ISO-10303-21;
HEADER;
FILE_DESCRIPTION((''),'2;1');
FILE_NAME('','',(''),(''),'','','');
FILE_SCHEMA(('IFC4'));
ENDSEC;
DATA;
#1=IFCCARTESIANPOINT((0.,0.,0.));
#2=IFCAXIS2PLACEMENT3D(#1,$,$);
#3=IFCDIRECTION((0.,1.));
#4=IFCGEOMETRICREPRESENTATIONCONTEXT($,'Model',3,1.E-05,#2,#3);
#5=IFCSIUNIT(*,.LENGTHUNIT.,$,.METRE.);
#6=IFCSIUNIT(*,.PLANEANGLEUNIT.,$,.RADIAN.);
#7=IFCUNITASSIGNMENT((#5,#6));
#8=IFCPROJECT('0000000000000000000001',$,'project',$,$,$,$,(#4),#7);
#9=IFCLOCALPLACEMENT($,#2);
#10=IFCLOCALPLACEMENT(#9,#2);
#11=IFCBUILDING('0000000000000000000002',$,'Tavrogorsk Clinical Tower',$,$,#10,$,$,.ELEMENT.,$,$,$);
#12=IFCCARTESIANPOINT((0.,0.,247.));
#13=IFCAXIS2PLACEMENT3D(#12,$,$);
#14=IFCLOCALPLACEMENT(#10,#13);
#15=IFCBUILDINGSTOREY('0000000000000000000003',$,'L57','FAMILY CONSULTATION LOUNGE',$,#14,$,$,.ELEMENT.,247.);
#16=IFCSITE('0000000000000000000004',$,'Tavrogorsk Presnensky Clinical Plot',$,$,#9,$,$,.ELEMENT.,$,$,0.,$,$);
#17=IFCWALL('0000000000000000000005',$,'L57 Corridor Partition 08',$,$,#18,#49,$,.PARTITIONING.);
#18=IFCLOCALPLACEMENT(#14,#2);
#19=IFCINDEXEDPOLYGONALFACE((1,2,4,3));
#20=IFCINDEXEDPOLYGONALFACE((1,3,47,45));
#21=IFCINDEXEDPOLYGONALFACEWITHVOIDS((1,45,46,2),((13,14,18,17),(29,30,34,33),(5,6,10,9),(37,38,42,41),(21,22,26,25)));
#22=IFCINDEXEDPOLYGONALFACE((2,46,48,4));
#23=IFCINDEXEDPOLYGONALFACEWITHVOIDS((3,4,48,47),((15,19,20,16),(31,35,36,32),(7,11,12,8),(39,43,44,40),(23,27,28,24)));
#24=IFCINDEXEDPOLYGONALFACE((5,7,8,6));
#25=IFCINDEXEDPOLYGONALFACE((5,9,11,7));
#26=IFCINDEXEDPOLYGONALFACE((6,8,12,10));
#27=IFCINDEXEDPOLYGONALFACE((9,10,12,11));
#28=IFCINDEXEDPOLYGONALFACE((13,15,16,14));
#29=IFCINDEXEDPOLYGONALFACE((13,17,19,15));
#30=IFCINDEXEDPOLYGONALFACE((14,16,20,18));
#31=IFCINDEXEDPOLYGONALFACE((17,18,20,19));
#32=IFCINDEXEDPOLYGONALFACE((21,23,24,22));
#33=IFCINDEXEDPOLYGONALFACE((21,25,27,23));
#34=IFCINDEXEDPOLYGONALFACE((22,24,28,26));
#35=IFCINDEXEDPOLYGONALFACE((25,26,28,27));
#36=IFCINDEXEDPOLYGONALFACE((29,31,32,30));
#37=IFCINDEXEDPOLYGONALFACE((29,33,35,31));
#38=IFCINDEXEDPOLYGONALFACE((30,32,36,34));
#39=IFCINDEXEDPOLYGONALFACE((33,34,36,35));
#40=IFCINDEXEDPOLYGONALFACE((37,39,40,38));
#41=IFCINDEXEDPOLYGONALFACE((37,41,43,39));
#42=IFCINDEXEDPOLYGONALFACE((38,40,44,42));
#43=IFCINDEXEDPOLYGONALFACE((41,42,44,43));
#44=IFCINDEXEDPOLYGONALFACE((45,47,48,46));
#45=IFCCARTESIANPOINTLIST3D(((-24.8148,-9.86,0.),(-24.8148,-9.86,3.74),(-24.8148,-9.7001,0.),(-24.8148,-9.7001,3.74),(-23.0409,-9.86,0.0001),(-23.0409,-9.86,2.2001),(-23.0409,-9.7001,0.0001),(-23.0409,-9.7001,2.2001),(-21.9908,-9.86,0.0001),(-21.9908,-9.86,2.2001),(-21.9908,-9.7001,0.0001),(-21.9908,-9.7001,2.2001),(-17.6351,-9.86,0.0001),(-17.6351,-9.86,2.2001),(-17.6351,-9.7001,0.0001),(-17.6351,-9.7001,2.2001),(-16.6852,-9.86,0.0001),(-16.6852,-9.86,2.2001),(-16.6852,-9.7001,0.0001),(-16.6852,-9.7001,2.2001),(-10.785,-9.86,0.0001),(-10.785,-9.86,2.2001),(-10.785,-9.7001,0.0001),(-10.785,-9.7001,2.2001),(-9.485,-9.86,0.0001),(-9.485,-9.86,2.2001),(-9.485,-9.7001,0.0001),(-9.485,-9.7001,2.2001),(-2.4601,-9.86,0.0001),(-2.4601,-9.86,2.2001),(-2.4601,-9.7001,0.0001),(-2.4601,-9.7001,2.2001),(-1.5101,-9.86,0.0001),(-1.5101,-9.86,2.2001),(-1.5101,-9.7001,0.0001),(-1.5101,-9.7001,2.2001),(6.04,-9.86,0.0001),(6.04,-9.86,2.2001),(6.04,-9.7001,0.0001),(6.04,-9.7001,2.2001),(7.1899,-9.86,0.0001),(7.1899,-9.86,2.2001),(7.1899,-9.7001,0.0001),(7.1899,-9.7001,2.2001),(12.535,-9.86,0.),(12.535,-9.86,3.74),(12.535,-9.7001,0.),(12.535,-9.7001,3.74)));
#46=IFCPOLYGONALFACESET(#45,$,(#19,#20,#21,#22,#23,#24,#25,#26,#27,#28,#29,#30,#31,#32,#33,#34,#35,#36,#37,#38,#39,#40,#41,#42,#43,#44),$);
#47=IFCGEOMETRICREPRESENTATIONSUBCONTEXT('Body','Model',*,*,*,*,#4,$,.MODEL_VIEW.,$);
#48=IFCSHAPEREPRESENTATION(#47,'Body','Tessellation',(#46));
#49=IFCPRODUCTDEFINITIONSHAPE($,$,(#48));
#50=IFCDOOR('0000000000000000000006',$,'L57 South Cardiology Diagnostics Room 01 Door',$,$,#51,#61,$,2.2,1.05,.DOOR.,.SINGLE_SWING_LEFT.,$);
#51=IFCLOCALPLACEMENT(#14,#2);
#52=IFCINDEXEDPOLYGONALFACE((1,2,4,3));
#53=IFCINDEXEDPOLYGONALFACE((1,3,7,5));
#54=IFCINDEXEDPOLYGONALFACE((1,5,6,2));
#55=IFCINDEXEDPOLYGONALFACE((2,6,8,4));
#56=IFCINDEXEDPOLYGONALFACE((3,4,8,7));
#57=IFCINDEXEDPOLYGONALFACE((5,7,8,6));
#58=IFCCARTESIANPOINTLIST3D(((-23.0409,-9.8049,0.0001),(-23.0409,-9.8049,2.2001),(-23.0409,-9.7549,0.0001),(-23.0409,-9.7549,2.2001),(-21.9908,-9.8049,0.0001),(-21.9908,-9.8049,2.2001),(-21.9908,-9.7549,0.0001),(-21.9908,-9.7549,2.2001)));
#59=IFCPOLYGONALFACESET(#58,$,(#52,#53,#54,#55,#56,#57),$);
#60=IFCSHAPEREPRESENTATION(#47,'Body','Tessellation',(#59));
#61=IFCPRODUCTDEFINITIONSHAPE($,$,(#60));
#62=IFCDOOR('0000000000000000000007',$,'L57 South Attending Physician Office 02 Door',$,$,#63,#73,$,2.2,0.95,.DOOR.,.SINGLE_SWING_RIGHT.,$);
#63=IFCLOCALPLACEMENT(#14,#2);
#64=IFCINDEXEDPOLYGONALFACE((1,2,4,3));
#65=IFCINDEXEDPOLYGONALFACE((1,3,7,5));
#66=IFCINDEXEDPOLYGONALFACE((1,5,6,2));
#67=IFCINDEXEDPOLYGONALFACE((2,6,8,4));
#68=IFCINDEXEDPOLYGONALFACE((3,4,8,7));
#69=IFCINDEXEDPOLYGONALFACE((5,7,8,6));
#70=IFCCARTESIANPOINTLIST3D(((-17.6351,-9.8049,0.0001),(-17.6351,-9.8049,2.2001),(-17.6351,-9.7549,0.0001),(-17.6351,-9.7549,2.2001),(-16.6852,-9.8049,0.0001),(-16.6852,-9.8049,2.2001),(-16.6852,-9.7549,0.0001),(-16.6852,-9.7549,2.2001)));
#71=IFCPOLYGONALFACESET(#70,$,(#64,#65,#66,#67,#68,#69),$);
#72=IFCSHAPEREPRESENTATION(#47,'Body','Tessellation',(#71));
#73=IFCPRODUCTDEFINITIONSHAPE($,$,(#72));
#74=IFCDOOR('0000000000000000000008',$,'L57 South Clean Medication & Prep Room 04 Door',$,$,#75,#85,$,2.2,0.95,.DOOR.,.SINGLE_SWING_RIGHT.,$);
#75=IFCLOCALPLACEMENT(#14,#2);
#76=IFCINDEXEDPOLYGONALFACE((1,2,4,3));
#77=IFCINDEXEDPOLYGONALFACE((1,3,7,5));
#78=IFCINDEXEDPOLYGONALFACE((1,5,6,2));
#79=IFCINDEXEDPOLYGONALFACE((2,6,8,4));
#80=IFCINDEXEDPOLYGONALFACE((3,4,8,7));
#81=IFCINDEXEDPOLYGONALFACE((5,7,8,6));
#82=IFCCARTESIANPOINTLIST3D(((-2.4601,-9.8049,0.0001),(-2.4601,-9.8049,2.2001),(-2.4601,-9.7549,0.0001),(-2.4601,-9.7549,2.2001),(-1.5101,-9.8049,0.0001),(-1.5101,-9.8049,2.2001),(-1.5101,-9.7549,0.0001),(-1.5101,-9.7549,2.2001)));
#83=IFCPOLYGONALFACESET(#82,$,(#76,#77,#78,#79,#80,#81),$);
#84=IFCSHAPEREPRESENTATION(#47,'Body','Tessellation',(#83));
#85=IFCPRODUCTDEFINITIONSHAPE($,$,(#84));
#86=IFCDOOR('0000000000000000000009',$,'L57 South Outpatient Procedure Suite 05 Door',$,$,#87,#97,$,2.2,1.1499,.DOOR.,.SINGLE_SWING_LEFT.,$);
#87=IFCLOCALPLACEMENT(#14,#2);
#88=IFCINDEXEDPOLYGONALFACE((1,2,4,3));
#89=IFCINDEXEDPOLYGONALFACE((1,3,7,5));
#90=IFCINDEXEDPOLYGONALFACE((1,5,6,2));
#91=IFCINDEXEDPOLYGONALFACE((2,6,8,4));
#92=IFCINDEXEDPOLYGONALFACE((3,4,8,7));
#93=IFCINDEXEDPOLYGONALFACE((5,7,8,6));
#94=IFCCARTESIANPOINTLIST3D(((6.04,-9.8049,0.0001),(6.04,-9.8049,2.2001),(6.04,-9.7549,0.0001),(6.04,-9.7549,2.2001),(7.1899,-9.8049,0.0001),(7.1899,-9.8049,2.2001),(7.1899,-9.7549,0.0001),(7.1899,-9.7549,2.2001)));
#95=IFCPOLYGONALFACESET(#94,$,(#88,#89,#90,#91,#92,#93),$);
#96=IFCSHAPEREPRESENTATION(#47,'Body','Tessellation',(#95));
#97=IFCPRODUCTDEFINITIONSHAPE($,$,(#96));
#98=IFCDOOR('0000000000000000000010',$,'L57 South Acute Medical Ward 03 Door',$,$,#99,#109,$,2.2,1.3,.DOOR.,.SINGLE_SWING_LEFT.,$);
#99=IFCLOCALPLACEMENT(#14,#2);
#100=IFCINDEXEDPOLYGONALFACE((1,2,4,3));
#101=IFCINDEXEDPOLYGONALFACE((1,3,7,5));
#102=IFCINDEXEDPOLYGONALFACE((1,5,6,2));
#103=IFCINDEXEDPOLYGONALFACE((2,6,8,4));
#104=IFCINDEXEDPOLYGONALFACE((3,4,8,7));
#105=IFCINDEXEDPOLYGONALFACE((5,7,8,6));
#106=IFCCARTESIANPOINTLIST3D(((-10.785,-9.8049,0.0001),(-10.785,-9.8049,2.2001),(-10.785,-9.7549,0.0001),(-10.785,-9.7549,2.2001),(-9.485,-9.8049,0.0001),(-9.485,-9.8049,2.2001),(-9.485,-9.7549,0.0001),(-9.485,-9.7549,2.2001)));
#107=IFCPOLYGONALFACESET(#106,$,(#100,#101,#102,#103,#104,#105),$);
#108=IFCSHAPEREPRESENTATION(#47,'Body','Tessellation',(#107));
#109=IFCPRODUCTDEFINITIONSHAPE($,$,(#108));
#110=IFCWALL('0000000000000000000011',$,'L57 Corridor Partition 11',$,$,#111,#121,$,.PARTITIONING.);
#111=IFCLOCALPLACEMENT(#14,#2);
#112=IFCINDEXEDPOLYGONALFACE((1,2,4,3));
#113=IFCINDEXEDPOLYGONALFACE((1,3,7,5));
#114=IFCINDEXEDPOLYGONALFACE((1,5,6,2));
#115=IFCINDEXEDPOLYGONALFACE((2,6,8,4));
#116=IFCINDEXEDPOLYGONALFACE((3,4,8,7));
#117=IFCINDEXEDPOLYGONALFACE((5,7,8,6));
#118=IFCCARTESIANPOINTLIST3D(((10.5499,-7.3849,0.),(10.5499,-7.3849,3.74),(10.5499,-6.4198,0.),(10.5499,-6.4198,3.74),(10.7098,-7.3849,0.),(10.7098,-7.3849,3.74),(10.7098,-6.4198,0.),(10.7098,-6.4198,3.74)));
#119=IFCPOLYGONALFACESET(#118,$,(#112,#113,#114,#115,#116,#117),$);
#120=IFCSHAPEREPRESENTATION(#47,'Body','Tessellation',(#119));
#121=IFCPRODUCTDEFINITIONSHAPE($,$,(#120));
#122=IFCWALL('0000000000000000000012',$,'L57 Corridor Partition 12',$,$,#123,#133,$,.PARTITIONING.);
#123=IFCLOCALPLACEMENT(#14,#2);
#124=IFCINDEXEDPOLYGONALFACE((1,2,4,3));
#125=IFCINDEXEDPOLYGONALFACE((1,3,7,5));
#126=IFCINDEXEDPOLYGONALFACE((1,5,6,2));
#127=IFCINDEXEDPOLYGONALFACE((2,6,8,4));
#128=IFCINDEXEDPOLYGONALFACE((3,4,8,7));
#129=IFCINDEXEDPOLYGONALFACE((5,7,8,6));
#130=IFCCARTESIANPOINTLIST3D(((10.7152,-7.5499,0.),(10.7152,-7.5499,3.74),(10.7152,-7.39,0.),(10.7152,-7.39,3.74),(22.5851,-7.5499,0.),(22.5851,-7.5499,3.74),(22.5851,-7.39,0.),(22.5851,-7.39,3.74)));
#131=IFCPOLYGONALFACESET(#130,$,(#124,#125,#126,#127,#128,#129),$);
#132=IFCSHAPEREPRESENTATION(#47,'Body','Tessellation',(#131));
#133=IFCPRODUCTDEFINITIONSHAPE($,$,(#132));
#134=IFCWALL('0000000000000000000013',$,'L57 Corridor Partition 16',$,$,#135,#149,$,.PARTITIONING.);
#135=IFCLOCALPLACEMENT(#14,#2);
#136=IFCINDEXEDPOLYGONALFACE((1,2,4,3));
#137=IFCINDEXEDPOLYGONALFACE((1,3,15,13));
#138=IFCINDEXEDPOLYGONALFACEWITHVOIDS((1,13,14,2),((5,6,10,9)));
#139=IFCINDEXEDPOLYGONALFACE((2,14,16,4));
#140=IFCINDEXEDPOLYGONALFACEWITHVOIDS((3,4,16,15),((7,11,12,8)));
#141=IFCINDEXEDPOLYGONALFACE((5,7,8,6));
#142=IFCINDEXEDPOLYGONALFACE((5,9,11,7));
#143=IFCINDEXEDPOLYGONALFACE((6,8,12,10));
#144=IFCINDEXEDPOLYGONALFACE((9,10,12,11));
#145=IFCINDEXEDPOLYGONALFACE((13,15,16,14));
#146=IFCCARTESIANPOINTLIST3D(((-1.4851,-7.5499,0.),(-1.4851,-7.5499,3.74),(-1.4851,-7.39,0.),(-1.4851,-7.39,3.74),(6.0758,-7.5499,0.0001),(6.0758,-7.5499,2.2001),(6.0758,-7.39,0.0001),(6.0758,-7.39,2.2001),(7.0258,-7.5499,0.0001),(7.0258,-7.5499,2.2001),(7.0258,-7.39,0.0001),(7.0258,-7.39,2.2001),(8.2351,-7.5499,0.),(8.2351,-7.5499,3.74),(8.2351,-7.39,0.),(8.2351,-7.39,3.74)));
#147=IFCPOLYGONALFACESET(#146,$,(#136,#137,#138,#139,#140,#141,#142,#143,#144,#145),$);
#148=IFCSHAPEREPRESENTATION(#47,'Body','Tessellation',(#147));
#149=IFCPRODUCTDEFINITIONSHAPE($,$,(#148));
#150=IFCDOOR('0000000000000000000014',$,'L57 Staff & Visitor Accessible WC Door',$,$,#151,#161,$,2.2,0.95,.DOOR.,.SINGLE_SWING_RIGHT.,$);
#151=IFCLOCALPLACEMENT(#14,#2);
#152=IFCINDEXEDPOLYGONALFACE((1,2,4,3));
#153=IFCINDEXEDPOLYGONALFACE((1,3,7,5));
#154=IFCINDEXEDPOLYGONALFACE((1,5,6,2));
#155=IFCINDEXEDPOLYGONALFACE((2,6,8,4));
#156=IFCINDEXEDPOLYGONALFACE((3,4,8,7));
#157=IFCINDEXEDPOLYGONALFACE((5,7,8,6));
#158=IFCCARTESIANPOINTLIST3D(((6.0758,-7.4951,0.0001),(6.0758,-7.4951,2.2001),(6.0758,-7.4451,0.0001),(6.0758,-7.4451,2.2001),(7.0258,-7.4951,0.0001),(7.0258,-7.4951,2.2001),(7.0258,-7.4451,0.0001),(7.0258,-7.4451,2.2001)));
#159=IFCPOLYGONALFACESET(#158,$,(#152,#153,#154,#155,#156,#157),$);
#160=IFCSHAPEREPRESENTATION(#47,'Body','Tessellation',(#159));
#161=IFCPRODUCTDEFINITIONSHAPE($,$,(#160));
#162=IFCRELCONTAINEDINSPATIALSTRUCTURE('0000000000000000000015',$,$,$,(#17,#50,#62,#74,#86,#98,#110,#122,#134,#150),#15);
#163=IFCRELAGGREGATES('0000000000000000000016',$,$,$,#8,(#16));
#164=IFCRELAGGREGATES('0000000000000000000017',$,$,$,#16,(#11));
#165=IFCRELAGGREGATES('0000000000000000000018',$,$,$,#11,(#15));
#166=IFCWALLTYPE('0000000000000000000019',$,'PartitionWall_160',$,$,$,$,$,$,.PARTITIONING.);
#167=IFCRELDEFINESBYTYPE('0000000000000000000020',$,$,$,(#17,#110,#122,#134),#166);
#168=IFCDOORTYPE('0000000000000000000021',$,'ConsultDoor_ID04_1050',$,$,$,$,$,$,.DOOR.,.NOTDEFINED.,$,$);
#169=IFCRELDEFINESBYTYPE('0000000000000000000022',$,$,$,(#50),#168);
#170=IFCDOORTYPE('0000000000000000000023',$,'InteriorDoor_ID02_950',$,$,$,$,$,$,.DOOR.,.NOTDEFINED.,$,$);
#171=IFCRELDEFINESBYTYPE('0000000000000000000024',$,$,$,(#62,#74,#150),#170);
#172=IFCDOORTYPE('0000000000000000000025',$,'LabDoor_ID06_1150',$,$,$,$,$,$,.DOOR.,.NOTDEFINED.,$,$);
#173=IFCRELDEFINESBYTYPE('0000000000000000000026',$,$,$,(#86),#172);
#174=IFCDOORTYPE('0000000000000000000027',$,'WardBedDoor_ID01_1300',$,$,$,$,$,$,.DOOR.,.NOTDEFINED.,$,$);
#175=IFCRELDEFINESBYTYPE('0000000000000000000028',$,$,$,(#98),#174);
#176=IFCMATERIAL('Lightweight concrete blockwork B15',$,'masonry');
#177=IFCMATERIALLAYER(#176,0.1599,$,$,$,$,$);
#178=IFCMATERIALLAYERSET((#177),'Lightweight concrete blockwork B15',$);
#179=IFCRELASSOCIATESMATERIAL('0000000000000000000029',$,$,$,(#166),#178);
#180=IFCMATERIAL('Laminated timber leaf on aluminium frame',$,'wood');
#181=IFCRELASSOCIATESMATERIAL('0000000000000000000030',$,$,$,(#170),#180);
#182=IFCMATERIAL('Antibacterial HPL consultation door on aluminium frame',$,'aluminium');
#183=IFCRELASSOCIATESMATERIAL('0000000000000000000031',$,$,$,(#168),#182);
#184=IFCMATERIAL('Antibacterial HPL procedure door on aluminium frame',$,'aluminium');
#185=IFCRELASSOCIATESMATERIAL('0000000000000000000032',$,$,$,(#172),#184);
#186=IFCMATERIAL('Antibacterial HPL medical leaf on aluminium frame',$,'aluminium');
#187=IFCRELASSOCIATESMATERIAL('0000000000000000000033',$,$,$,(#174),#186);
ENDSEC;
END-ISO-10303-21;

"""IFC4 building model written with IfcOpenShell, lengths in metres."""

from ifc_helpers import new_model, si_unit, direction, frame, frame_2d, origin, place, context, subcontext, project, spatial, rectangle, extrude, material, layer, layer_set, type_object, element, fill, save


model = new_model("IFC4")

# Units and contexts
model_context = context("Model", 3, precision=1e-05, world=origin(), true_north=direction((0.0, 1.0)))
body_context = subcontext(model_context, "Body", "Model", "MODEL_VIEW")
ifc_project = project(units=[si_unit("LENGTHUNIT", "METRE"), si_unit("PLANEANGLEUNIT", "RADIAN")], contexts=[model_context])

# Site, building, storey
site_placement = place(None, origin())
site = spatial("IfcSite", under=ifc_project, at=site_placement, Name="Tavrogorsk Presnensky Clinical Plot", CompositionType="ELEMENT", RefElevation=0.0)
building_placement = place(site_placement, origin())
building = spatial("IfcBuilding", under=site, at=building_placement, Name="Tavrogorsk Clinical Tower", CompositionType="ELEMENT")
storey_placement = place(building_placement, frame((0.0, 0.0, 247.0)))
storey = spatial("IfcBuildingStorey", under=building, at=storey_placement, Name="L57", Description="FAMILY CONSULTATION LOUNGE", CompositionType="ELEMENT", Elevation=247.0)

# Shared definitions
ifc_material_1 = material(Name="Lightweight concrete blockwork B15", Category="masonry")
ifc_layer_1 = layer(ifc_material_1, 0.1599)
ifc_layer_set_1 = layer_set([ifc_layer_1], Name="Lightweight concrete blockwork B15")
wall_type_1 = type_object("IfcWallType", Name="PartitionWall_160", PredefinedType="PARTITIONING", material=ifc_layer_set_1)
ifc_material_2 = material(Name="Laminated timber leaf on aluminium frame", Category="wood")
door_type_1 = type_object("IfcDoorType", Name="InteriorDoor_ID02_950", OperationType="NOTDEFINED", PredefinedType="DOOR", material=ifc_material_2)

# Wall, openings, doors
wall_1_placement = place(storey_placement, frame((12.5349, -9.78, 0.0), z_axis=(0.0, 0.0, 1.0), x_axis=(-1.0, 0.0, 0.0)))
wall_1 = element("IfcWall", 1, at=wall_1_placement, inside=storey, type_object=wall_type_1, Name="L57 Corridor Partition 08", PredefinedType="PARTITIONING", context=body_context, shape_type="SweptSolid", body=[
    extrude(rectangle(XDim=37.3499, YDim=0.1599, at=frame_2d((18.6748, 0.0))), origin(), (0.0, 0.0, 1.0), 3.74),
])
opening_1_placement = place(wall_1_placement, frame((34.5259, 0.0, 0.0)))
opening_1 = element("IfcOpeningElement", 2, at=opening_1_placement, cuts=wall_1, PredefinedType="OPENING", context=body_context, shape_type="SweptSolid", body=[
    extrude(rectangle(XDim=1.05, YDim=2.2, at=frame_2d((0.5249, 1.1001))), frame((0.0, 0.0898, 0.0), z_axis=(0.0, -1.0, 0.0), x_axis=(1.0, 0.0, 0.0)), (0.0, 0.0, 1.0), 0.1799),
])
opening_2_placement = place(wall_1_placement, frame((29.22, 0.0, 0.0)))
opening_2 = element("IfcOpeningElement", 3, at=opening_2_placement, cuts=wall_1, PredefinedType="OPENING", context=body_context, shape_type="SweptSolid", body=[
    extrude(rectangle(XDim=0.95, YDim=2.2, at=frame_2d((0.4751, 1.1001))), frame((0.0, 0.0898, 0.0), z_axis=(0.0, -1.0, 0.0), x_axis=(1.0, 0.0, 0.0)), (0.0, 0.0, 1.0), 0.1799),
])
opening_3_placement = place(wall_1_placement, frame((22.02, 0.0, 0.0)))
opening_3 = element("IfcOpeningElement", 4, at=opening_3_placement, cuts=wall_1, PredefinedType="OPENING", context=body_context, shape_type="SweptSolid", body=[
    extrude(rectangle(XDim=1.3, YDim=2.2, at=frame_2d((0.6499, 1.1001))), frame((0.0, 0.0898, 0.0), z_axis=(0.0, -1.0, 0.0), x_axis=(1.0, 0.0, 0.0)), (0.0, 0.0, 1.0), 0.1799),
])
opening_4_placement = place(wall_1_placement, frame((14.0449, 0.0, 0.0)))
opening_4 = element("IfcOpeningElement", 5, at=opening_4_placement, cuts=wall_1, PredefinedType="OPENING", context=body_context, shape_type="SweptSolid", body=[
    extrude(rectangle(XDim=0.95, YDim=2.2, at=frame_2d((0.4751, 1.1001))), frame((0.0, 0.0898, 0.0), z_axis=(0.0, -1.0, 0.0), x_axis=(1.0, 0.0, 0.0)), (0.0, 0.0, 1.0), 0.1799),
])
opening_5_placement = place(wall_1_placement, frame((5.345, 0.0, 0.0)))
opening_5 = element("IfcOpeningElement", 6, at=opening_5_placement, cuts=wall_1, PredefinedType="OPENING", context=body_context, shape_type="SweptSolid", body=[
    extrude(rectangle(XDim=1.1499, YDim=2.2, at=frame_2d((0.575, 1.1001))), frame((0.0, 0.0898, 0.0), z_axis=(0.0, -1.0, 0.0), x_axis=(1.0, 0.0, 0.0)), (0.0, 0.0, 1.0), 0.1799),
])
ifc_material_3 = material(Name="Antibacterial HPL consultation door on aluminium frame", Category="aluminium")
door_type_2 = type_object("IfcDoorType", Name="ConsultDoor_ID04_1050", OperationType="NOTDEFINED", PredefinedType="DOOR", material=ifc_material_3)
door_1_placement = place(opening_1_placement, origin())
door_1 = element("IfcDoor", 7, at=door_1_placement, inside=storey, type_object=door_type_2, Name="L57 South Cardiology Diagnostics Room 01 Door", OperationType="SINGLE_SWING_LEFT", OverallHeight=2.2, OverallWidth=1.05, PredefinedType="DOOR", context=body_context, shape_type="SweptSolid", body=[
    extrude(rectangle(XDim=1.05, YDim=2.2, at=frame_2d((0.5249, 1.1001))), frame((0.0, 0.0249, 0.0), z_axis=(0.0, -1.0, 0.0), x_axis=(1.0, 0.0, 0.0)), (0.0, 0.0, 1.0), 0.05),
])
fill(opening_1, door_1)
door_2_placement = place(opening_2_placement, origin())
door_2 = element("IfcDoor", 8, at=door_2_placement, inside=storey, type_object=door_type_1, Name="L57 South Attending Physician Office 02 Door", OperationType="SINGLE_SWING_RIGHT", OverallHeight=2.2, OverallWidth=0.95, PredefinedType="DOOR", context=body_context, shape_type="SweptSolid", body=[
    extrude(rectangle(XDim=0.95, YDim=2.2, at=frame_2d((0.4751, 1.1001))), frame((0.0, 0.0249, 0.0), z_axis=(0.0, -1.0, 0.0), x_axis=(1.0, 0.0, 0.0)), (0.0, 0.0, 1.0), 0.05),
])
fill(opening_2, door_2)
door_3_placement = place(opening_4_placement, origin())
door_3 = element("IfcDoor", 9, at=door_3_placement, inside=storey, type_object=door_type_1, Name="L57 South Clean Medication & Prep Room 04 Door", OperationType="SINGLE_SWING_RIGHT", OverallHeight=2.2, OverallWidth=0.95, PredefinedType="DOOR", context=body_context, shape_type="SweptSolid", body=[
    extrude(rectangle(XDim=0.95, YDim=2.2, at=frame_2d((0.4751, 1.1001))), frame((0.0, 0.0249, 0.0), z_axis=(0.0, -1.0, 0.0), x_axis=(1.0, 0.0, 0.0)), (0.0, 0.0, 1.0), 0.05),
])
fill(opening_4, door_3)
ifc_material_4 = material(Name="Antibacterial HPL procedure door on aluminium frame", Category="aluminium")
door_type_3 = type_object("IfcDoorType", Name="LabDoor_ID06_1150", OperationType="NOTDEFINED", PredefinedType="DOOR", material=ifc_material_4)
door_4_placement = place(opening_5_placement, origin())
door_4 = element("IfcDoor", 10, at=door_4_placement, inside=storey, type_object=door_type_3, Name="L57 South Outpatient Procedure Suite 05 Door", OperationType="SINGLE_SWING_LEFT", OverallHeight=2.2, OverallWidth=1.1499, PredefinedType="DOOR", context=body_context, shape_type="SweptSolid", body=[
    extrude(rectangle(XDim=1.1499, YDim=2.2, at=frame_2d((0.575, 1.1001))), frame((0.0, 0.0249, 0.0), z_axis=(0.0, -1.0, 0.0), x_axis=(1.0, 0.0, 0.0)), (0.0, 0.0, 1.0), 0.05),
])
fill(opening_5, door_4)
ifc_material_5 = material(Name="Antibacterial HPL medical leaf on aluminium frame", Category="aluminium")
door_type_4 = type_object("IfcDoorType", Name="WardBedDoor_ID01_1300", OperationType="NOTDEFINED", PredefinedType="DOOR", material=ifc_material_5)
door_5_placement = place(opening_3_placement, origin())
door_5 = element("IfcDoor", 11, at=door_5_placement, inside=storey, type_object=door_type_4, Name="L57 South Acute Medical Ward 03 Door", OperationType="SINGLE_SWING_LEFT", OverallHeight=2.2, OverallWidth=1.3, PredefinedType="DOOR", context=body_context, shape_type="SweptSolid", body=[
    extrude(rectangle(XDim=1.3, YDim=2.2, at=frame_2d((0.6499, 1.1001))), frame((0.0, 0.0249, 0.0), z_axis=(0.0, -1.0, 0.0), x_axis=(1.0, 0.0, 0.0)), (0.0, 0.0, 1.0), 0.05),
])
fill(opening_3, door_5)

# Walls
wall_2_placement = place(storey_placement, frame((10.6299, -6.4199, 0.0), z_axis=(0.0, 0.0, 1.0), x_axis=(0.0, -1.0, 0.0)))
element("IfcWall", 12, at=wall_2_placement, inside=storey, type_object=wall_type_1, Name="L57 Corridor Partition 11", PredefinedType="PARTITIONING", context=body_context, shape_type="SweptSolid", body=[
    extrude(rectangle(XDim=0.9651, YDim=0.1599, at=frame_2d((0.4824, 0.0))), origin(), (0.0, 0.0, 1.0), 3.74),
])
wall_3_placement = place(storey_placement, frame((10.7151, -7.47, 0.0), z_axis=(0.0, 0.0, 1.0), x_axis=(1.0, 0.0, 0.0)))
element("IfcWall", 13, at=wall_3_placement, inside=storey, type_object=wall_type_1, Name="L57 Corridor Partition 12", PredefinedType="PARTITIONING", context=body_context, shape_type="SweptSolid", body=[
    extrude(rectangle(XDim=11.8699, YDim=0.1599, at=frame_2d((5.9351, 0.0))), origin(), (0.0, 0.0, 1.0), 3.74),
])

# Wall, opening, door
wall_4_placement = place(storey_placement, frame((-1.4851, -7.47, 0.0), z_axis=(0.0, 0.0, 1.0), x_axis=(1.0, 0.0, 0.0)))
wall_4 = element("IfcWall", 14, at=wall_4_placement, inside=storey, type_object=wall_type_1, Name="L57 Corridor Partition 16", PredefinedType="PARTITIONING", context=body_context, shape_type="SweptSolid", body=[
    extrude(rectangle(XDim=9.7202, YDim=0.1599, at=frame_2d((4.8601, 0.0))), origin(), (0.0, 0.0, 1.0), 3.74),
])
opening_6_placement = place(wall_4_placement, frame((7.5608, 0.0, 0.0)))
opening_6 = element("IfcOpeningElement", 15, at=opening_6_placement, cuts=wall_4, PredefinedType="OPENING", context=body_context, shape_type="SweptSolid", body=[
    extrude(rectangle(XDim=0.95, YDim=2.2, at=frame_2d((0.4751, 1.1001))), frame((0.0, 0.0898, 0.0), z_axis=(0.0, -1.0, 0.0), x_axis=(1.0, 0.0, 0.0)), (0.0, 0.0, 1.0), 0.1799),
])
door_6_placement = place(opening_6_placement, origin())
door_6 = element("IfcDoor", 16, at=door_6_placement, inside=storey, type_object=door_type_1, Name="L57 Staff & Visitor Accessible WC Door", OperationType="SINGLE_SWING_RIGHT", OverallHeight=2.2, OverallWidth=0.95, PredefinedType="DOOR", context=body_context, shape_type="SweptSolid", body=[
    extrude(rectangle(XDim=0.95, YDim=2.2, at=frame_2d((0.4751, 1.1001))), frame((0.0, 0.0249, 0.0), z_axis=(0.0, -1.0, 0.0), x_axis=(1.0, 0.0, 0.0)), (0.0, 0.0, 1.0), 0.05),
])
fill(opening_6, door_6)

save(model, "model.ifc")
